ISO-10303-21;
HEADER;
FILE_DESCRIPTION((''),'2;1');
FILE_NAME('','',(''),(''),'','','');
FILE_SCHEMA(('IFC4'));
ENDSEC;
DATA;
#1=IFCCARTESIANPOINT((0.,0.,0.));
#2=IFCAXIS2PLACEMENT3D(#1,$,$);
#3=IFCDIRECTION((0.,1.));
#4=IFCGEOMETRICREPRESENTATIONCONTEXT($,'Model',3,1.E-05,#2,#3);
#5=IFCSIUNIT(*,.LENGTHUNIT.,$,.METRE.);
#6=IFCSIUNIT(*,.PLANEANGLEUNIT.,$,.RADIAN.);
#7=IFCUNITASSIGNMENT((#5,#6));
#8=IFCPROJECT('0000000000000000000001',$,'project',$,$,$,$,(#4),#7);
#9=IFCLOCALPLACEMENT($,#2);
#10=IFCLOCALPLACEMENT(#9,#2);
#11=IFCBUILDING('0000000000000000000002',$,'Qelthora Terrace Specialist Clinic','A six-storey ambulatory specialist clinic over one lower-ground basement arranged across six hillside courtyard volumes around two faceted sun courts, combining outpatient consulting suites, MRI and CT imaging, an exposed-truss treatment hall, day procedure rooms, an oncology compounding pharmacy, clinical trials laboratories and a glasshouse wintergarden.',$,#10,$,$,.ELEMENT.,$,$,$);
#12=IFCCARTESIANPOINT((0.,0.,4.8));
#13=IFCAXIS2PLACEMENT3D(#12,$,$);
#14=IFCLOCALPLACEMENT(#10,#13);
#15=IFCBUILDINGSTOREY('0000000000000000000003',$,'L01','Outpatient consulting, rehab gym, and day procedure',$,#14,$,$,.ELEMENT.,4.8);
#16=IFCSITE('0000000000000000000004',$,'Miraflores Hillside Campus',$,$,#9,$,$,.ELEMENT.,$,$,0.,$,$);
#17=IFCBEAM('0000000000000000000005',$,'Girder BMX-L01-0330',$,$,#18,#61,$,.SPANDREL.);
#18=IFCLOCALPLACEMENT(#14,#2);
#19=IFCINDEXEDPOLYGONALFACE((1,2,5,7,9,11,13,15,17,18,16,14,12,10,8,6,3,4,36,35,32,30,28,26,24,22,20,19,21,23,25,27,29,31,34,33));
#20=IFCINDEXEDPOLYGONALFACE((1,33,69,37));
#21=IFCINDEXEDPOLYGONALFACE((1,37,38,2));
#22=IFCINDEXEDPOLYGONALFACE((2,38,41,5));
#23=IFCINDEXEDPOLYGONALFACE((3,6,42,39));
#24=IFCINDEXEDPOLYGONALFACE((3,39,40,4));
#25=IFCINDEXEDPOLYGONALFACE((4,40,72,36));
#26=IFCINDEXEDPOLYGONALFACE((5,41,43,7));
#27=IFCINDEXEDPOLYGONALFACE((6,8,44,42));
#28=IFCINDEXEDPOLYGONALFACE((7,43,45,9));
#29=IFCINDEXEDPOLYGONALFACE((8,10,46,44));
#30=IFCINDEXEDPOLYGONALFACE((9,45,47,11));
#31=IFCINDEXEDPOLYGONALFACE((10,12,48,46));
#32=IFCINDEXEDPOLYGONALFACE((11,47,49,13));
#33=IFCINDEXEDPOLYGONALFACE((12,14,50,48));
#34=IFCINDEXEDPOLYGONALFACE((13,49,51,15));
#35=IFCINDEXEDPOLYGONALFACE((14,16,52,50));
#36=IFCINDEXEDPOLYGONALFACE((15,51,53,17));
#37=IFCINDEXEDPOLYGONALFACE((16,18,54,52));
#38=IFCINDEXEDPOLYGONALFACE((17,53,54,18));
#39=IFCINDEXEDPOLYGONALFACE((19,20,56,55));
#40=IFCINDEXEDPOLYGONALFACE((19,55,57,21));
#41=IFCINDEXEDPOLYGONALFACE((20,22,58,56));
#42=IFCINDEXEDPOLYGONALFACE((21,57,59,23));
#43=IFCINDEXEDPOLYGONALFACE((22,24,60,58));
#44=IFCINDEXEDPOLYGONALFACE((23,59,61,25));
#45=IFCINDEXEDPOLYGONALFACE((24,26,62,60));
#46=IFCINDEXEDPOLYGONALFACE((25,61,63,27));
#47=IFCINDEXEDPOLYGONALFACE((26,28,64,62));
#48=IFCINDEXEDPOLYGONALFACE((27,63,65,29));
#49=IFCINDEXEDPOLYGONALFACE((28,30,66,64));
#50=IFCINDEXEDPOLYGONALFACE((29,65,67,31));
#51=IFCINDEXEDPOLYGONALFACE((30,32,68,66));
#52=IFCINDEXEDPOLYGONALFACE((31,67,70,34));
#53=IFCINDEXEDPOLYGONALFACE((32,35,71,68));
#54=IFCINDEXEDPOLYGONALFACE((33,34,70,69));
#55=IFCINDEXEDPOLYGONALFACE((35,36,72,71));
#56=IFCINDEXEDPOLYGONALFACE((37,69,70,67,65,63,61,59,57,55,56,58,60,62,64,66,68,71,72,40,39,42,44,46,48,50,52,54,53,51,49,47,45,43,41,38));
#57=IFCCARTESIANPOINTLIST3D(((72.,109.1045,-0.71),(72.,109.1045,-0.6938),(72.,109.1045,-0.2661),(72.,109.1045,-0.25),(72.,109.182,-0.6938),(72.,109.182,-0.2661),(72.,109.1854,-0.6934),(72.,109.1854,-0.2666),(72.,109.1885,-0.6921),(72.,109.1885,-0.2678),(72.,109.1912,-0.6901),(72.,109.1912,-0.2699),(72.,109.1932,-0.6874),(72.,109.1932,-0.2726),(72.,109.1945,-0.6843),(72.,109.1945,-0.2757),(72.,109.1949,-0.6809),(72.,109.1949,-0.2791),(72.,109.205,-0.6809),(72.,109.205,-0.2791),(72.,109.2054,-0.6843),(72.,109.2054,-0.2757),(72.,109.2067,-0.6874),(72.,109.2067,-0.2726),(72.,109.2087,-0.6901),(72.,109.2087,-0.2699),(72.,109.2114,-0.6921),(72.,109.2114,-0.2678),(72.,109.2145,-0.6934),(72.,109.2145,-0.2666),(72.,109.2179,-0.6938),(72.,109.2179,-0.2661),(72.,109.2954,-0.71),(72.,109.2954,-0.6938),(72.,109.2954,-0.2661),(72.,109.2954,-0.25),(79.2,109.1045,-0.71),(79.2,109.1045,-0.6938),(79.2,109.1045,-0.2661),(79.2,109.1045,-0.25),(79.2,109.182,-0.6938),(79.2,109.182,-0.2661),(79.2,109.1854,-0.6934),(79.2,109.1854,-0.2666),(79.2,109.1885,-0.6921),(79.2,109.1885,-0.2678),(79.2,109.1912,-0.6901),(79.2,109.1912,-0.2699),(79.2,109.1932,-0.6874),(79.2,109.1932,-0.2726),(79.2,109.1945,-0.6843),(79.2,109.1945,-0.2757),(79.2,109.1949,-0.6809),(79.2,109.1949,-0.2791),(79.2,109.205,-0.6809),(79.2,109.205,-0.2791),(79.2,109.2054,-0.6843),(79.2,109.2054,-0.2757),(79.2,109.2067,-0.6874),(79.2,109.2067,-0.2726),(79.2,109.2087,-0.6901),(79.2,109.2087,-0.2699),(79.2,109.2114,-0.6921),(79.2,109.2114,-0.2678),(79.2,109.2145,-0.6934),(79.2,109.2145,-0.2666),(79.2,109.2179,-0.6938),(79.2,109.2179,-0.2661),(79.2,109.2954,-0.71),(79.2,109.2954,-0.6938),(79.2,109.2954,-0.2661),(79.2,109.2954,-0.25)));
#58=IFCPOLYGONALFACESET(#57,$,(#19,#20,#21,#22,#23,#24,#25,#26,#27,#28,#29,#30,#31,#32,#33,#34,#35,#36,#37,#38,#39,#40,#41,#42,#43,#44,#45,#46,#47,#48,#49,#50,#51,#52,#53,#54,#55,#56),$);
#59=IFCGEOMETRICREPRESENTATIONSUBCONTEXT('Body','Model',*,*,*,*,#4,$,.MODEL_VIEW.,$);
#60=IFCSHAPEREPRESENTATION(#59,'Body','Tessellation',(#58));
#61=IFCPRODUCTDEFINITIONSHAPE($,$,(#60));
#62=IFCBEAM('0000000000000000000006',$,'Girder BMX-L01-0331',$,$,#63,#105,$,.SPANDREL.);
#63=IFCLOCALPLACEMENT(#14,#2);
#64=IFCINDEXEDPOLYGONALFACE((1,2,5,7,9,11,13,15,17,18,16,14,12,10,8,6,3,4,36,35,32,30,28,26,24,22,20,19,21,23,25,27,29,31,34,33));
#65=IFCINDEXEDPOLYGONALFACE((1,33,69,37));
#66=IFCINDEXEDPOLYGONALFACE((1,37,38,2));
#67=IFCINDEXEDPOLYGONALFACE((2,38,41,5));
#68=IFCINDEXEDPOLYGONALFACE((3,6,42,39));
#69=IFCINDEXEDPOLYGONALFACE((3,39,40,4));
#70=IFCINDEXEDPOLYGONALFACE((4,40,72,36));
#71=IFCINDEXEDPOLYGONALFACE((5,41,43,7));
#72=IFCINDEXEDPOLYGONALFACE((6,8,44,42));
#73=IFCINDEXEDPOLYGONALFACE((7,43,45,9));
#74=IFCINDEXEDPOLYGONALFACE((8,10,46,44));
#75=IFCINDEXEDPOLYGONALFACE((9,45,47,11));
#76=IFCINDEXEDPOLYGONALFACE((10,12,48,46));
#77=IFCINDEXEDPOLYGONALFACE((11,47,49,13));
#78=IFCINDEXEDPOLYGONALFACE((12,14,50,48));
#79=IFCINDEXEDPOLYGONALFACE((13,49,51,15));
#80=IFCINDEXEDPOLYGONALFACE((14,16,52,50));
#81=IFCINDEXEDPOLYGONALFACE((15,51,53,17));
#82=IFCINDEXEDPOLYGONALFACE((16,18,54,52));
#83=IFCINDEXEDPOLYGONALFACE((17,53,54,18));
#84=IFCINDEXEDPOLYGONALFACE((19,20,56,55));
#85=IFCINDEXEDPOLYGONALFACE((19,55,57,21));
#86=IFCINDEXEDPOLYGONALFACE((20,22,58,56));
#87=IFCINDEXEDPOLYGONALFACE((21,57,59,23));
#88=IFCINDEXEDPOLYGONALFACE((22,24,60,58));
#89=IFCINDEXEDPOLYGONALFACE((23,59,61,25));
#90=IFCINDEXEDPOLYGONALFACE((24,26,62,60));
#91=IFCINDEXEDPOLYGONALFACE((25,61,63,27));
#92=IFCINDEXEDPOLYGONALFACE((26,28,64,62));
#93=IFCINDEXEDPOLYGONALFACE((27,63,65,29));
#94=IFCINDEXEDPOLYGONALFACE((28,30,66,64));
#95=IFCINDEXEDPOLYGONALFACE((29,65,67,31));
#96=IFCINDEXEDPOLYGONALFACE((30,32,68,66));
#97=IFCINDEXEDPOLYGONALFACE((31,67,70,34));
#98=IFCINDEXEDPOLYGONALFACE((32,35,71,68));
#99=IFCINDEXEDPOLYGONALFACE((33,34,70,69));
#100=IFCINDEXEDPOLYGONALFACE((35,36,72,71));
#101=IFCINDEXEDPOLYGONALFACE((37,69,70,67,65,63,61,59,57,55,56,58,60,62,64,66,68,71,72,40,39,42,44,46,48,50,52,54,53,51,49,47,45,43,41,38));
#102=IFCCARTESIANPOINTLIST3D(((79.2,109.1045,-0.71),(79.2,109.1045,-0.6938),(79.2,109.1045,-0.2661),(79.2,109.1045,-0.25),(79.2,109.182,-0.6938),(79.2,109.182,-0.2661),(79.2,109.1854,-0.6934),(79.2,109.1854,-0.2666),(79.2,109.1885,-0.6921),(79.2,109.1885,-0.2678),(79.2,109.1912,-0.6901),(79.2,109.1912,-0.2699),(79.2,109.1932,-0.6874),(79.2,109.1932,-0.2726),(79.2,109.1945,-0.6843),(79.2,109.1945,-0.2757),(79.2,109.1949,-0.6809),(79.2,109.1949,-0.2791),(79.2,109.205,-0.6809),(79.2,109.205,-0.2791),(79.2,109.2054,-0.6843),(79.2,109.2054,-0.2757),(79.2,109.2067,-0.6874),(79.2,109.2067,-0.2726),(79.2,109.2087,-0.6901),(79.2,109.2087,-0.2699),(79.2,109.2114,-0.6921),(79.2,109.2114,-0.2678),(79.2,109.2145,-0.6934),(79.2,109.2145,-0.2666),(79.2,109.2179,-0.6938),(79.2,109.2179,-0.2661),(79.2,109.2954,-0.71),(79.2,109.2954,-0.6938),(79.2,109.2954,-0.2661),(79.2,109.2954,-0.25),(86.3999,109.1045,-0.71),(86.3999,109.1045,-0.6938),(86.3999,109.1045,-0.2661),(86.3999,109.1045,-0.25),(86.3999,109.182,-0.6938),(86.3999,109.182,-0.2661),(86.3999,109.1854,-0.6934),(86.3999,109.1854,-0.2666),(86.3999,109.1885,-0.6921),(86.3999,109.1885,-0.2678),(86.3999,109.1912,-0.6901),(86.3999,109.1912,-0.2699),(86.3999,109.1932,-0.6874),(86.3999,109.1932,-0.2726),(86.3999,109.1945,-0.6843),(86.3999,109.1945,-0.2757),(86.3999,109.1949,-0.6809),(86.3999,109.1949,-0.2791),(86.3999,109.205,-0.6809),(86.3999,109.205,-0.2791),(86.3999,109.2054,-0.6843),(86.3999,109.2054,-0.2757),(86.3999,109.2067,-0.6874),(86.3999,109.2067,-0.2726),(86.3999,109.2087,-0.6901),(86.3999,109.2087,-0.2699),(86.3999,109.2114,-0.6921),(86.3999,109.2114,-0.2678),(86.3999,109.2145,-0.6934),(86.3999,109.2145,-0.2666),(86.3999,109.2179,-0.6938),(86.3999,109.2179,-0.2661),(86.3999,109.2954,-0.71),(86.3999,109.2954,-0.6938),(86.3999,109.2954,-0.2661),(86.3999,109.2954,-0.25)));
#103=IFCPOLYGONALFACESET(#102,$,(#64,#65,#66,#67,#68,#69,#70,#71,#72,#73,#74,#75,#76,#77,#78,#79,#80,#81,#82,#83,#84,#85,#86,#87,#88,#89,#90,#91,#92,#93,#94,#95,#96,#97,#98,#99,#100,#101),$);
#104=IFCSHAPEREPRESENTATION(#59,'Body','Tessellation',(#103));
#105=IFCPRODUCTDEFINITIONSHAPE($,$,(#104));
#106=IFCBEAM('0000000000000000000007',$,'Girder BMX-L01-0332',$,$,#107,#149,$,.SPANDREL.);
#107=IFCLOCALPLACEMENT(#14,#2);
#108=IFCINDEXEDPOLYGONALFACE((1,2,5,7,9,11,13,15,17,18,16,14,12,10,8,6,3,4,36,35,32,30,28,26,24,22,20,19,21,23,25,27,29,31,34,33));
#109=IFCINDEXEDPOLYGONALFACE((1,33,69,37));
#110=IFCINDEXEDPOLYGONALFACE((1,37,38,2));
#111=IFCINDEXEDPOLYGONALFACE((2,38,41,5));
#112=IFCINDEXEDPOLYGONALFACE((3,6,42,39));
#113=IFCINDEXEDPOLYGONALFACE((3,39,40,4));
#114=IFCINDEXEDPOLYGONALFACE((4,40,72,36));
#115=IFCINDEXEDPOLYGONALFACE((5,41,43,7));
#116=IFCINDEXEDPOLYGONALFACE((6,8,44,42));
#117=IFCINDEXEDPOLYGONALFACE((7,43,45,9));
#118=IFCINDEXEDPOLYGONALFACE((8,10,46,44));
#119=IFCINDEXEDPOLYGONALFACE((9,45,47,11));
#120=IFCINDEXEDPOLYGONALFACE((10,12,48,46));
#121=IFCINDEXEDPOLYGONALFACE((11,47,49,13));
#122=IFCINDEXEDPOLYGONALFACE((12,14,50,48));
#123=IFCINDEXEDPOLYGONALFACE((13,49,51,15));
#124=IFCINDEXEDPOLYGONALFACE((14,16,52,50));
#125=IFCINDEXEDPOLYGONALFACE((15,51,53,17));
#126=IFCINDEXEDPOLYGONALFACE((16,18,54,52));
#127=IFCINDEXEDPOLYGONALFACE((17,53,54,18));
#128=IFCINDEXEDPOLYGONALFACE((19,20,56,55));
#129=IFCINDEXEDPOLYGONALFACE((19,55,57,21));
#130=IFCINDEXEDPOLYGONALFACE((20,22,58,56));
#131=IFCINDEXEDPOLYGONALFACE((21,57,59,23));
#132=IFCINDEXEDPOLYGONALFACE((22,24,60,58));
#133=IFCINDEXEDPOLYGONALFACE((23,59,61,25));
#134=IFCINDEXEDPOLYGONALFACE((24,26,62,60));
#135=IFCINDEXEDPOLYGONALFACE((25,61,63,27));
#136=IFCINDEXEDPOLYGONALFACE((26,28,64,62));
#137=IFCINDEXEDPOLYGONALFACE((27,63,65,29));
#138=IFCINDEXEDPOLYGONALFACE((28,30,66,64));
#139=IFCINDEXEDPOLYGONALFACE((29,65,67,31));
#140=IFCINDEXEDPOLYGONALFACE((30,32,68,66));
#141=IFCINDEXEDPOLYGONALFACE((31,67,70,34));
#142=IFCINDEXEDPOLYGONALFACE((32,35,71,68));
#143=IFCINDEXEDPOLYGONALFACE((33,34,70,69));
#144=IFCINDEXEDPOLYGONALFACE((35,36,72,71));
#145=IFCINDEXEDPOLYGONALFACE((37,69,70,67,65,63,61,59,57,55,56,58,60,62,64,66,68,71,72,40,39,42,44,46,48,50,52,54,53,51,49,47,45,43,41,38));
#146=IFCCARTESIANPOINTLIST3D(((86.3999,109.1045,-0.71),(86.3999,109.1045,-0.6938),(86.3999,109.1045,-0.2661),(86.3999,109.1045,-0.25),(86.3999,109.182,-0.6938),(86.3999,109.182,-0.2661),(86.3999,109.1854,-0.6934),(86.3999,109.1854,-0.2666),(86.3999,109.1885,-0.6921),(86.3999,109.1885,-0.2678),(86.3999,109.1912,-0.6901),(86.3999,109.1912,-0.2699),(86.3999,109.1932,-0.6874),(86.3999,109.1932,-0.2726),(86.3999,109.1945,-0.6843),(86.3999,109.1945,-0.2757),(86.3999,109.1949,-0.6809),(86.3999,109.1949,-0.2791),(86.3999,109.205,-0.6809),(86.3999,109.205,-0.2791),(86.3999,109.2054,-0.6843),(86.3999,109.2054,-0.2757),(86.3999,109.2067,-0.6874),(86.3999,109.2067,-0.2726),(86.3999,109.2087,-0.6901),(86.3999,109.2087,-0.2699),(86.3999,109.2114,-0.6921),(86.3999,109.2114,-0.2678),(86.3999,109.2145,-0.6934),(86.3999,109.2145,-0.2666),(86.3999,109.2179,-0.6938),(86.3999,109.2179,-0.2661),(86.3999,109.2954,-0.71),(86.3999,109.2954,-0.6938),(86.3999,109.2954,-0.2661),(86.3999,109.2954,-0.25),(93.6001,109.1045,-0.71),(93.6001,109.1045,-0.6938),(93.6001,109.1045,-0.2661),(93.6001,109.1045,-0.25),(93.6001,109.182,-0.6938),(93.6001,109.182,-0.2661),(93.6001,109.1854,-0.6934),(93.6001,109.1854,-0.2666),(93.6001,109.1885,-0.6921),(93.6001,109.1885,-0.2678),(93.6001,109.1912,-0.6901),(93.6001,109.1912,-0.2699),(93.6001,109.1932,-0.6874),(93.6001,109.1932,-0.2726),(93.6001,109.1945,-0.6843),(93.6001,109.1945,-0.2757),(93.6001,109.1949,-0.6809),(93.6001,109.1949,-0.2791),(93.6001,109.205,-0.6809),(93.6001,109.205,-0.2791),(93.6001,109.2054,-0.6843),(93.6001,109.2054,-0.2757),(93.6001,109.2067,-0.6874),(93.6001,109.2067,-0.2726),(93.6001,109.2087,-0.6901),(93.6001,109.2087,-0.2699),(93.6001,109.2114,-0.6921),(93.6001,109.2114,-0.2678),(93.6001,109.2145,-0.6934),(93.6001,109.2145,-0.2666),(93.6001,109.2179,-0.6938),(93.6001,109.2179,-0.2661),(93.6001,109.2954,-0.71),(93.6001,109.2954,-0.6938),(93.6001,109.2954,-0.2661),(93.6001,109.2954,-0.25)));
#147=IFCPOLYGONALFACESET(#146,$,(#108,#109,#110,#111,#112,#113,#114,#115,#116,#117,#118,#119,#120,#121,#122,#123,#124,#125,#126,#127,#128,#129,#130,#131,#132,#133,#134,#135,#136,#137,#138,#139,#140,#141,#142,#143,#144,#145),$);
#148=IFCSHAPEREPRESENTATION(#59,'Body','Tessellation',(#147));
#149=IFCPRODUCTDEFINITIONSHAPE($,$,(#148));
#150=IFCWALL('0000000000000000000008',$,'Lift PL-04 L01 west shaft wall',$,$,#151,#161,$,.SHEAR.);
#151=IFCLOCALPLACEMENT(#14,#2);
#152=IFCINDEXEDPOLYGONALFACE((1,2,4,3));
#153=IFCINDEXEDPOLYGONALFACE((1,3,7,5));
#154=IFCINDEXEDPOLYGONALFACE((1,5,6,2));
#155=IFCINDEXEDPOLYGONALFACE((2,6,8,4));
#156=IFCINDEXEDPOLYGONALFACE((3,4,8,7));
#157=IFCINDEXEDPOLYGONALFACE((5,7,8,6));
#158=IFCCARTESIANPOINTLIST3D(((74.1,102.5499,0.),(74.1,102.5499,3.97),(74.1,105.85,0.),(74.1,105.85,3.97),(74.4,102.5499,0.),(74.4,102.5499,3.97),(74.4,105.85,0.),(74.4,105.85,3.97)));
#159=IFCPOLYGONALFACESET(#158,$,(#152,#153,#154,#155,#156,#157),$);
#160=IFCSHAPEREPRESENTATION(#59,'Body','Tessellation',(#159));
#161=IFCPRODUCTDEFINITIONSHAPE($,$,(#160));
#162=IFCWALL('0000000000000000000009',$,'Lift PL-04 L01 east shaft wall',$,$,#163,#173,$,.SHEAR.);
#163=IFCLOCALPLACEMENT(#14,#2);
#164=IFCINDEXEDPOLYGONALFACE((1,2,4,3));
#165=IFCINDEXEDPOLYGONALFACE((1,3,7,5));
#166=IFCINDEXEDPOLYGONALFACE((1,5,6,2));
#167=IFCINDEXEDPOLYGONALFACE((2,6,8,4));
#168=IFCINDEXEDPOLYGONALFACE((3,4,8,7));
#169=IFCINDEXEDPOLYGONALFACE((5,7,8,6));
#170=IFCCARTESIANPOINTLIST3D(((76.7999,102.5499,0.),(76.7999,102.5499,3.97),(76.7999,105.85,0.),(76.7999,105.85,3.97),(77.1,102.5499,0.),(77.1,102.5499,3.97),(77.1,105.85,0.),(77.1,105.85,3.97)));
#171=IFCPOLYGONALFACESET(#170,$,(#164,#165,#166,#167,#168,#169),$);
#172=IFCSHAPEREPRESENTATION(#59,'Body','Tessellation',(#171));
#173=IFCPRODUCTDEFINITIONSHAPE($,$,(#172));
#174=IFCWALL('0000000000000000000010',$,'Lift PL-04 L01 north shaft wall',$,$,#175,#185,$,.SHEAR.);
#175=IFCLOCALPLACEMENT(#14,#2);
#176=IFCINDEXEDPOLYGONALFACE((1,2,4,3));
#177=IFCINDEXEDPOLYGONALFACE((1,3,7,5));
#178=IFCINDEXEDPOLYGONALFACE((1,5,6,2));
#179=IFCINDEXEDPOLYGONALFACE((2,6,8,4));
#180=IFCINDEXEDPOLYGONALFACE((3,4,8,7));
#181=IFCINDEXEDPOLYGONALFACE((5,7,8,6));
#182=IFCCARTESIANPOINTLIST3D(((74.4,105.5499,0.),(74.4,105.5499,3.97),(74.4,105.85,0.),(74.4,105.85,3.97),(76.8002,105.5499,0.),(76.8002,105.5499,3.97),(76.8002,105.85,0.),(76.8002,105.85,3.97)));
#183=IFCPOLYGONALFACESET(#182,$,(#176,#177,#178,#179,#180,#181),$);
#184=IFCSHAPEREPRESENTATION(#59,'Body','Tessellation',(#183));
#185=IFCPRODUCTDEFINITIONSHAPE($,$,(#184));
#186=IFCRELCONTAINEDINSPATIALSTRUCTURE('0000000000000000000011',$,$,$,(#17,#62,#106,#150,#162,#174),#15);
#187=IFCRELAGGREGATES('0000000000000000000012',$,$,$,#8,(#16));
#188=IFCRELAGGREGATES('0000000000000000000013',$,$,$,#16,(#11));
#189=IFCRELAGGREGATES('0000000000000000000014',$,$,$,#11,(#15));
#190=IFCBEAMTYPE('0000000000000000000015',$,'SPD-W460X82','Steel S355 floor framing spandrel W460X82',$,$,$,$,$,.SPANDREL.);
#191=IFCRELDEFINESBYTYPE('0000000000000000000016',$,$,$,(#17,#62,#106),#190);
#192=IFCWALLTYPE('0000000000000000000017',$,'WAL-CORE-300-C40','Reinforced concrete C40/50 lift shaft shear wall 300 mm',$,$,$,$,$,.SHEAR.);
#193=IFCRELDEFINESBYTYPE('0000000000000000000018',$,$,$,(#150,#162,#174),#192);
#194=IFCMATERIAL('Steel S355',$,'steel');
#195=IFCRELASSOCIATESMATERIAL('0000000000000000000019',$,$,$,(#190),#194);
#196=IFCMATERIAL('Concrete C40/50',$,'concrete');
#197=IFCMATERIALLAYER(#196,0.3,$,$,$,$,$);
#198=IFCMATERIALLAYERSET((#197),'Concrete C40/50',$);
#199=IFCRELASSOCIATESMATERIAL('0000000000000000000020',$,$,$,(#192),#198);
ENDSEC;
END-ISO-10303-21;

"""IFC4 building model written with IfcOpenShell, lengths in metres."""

from ifc_helpers import new_model, si_unit, direction, frame, frame_2d, origin, origin_2d, place, context, subcontext, project, spatial, rectangle, i_section, extrude, material, layer, layer_set, material_profile, profile_set, type_object, element, save


model = new_model("IFC4")

# Units and contexts
model_context = context("Model", 3, precision=1e-05, world=origin(), true_north=direction((0.0, 1.0)))
body_context = subcontext(model_context, "Body", "Model", "MODEL_VIEW")
ifc_project = project(units=[si_unit("LENGTHUNIT", "METRE"), si_unit("PLANEANGLEUNIT", "RADIAN")], contexts=[model_context])

# Site, building, storey
site_placement = place(None, origin())
site = spatial("IfcSite", under=ifc_project, at=site_placement, Name="Miraflores Hillside Campus", CompositionType="ELEMENT", RefElevation=0.0)
building_placement = place(site_placement, origin())
building = spatial("IfcBuilding", under=site, at=building_placement, Name="Qelthora Terrace Specialist Clinic", Description="A six-storey ambulatory specialist clinic over one lower-ground basement arranged across six hillside courtyard volumes around two faceted sun courts, combining outpatient consulting suites, MRI and CT imaging, an exposed-truss treatment hall, day procedure rooms, an oncology compounding pharmacy, clinical trials laboratories and a glasshouse wintergarden.", CompositionType="ELEMENT")
storey_placement = place(building_placement, frame((0.0, 0.0, 4.8)))
storey = spatial("IfcBuildingStorey", under=building, at=storey_placement, Name="L01", Description="Outpatient consulting, rehab gym, and day procedure", CompositionType="ELEMENT", Elevation=4.8)

# Shared definitions
ifc_material_1 = material(Name="Steel S355", Category="steel")

# Beams
ifc_material_profile_1 = material_profile(ifc_material_1, i_section(OverallWidth=0.1909, OverallDepth=0.46, WebThickness=0.01, FlangeThickness=0.0161, FilletRadius=0.0129, at=origin_2d()), Name="W460X82")
ifc_profile_set_1 = profile_set([ifc_material_profile_1], Name="Steel S355")
beam_type_1 = type_object("IfcBeamType", Name="SPD-W460X82", Description="Steel S355 floor framing spandrel W460X82", PredefinedType="SPANDREL", material=ifc_profile_set_1)
for number, where, z_axis, x_axis, name in (
    (1, (72.0, 109.2, -0.48), (1.0, 0.0, 0.0), (0.0, 1.0, 0.0), "Girder BMX-L01-0330"),
    (2, (79.2, 109.2, -0.48), (1.0, 0.0, 0.0), (0.0, 1.0, 0.0), "Girder BMX-L01-0331"),
):
    element("IfcBeam", number, at=place(storey_placement, frame(where, z_axis=z_axis, x_axis=x_axis)), inside=storey, type_object=beam_type_1, Name=name, PredefinedType="SPANDREL", context=body_context, shape_type="SweptSolid", body=[
        extrude(i_section(OverallWidth=0.1909, OverallDepth=0.46, WebThickness=0.01, FlangeThickness=0.0161, FilletRadius=0.0129, at=origin_2d()), origin(), (0.0, 0.0, 1.0), 7.2),
    ])
beam_1_placement = place(storey_placement, frame((86.3999, 109.2, -0.48), z_axis=(1.0, 0.0, 0.0), x_axis=(0.0, 1.0, 0.0)))
element("IfcBeam", 3, at=beam_1_placement, inside=storey, type_object=beam_type_1, Name="Girder BMX-L01-0332", PredefinedType="SPANDREL", context=body_context, shape_type="SweptSolid", body=[
    extrude(i_section(OverallWidth=0.1909, OverallDepth=0.46, WebThickness=0.01, FlangeThickness=0.0161, FilletRadius=0.0129, at=origin_2d()), origin(), (0.0, 0.0, 1.0), 7.2002),
])

# Walls
ifc_material_2 = material(Name="Concrete C40/50", Category="concrete")
ifc_layer_1 = layer(ifc_material_2, 0.3)
ifc_layer_set_1 = layer_set([ifc_layer_1], Name="Concrete C40/50")
wall_type_1 = type_object("IfcWallType", Name="WAL-CORE-300-C40", Description="Reinforced concrete C40/50 lift shaft shear wall 300 mm", PredefinedType="SHEAR", material=ifc_layer_set_1)
for number, where, z_axis, x_axis, name in (
    (4, (74.25, 102.55, 0.0), (0.0, 0.0, 1.0), (0.0, 1.0, 0.0), "Lift PL-04 L01 west shaft wall"),
    (5, (76.95, 102.55, 0.0), (0.0, 0.0, 1.0), (0.0, 1.0, 0.0), "Lift PL-04 L01 east shaft wall"),
):
    element("IfcWall", number, at=place(storey_placement, frame(where, z_axis=z_axis, x_axis=x_axis)), inside=storey, type_object=wall_type_1, Name=name, PredefinedType="SHEAR", context=body_context, shape_type="SweptSolid", body=[
        extrude(rectangle(XDim=3.3, YDim=0.3, at=frame_2d((1.6499, 0.0))), origin(), (0.0, 0.0, 1.0), 3.97),
    ])
wall_1_placement = place(storey_placement, frame((74.3999, 105.7, 0.0), z_axis=(0.0, 0.0, 1.0), x_axis=(1.0, 0.0, 0.0)))
element("IfcWall", 6, at=wall_1_placement, inside=storey, type_object=wall_type_1, Name="Lift PL-04 L01 north shaft wall", PredefinedType="SHEAR", context=body_context, shape_type="SweptSolid", body=[
    extrude(rectangle(XDim=2.4001, YDim=0.3, at=frame_2d((1.2002, 0.0))), origin(), (0.0, 0.0, 1.0), 3.97),
])

save(model, "model.ifc")
